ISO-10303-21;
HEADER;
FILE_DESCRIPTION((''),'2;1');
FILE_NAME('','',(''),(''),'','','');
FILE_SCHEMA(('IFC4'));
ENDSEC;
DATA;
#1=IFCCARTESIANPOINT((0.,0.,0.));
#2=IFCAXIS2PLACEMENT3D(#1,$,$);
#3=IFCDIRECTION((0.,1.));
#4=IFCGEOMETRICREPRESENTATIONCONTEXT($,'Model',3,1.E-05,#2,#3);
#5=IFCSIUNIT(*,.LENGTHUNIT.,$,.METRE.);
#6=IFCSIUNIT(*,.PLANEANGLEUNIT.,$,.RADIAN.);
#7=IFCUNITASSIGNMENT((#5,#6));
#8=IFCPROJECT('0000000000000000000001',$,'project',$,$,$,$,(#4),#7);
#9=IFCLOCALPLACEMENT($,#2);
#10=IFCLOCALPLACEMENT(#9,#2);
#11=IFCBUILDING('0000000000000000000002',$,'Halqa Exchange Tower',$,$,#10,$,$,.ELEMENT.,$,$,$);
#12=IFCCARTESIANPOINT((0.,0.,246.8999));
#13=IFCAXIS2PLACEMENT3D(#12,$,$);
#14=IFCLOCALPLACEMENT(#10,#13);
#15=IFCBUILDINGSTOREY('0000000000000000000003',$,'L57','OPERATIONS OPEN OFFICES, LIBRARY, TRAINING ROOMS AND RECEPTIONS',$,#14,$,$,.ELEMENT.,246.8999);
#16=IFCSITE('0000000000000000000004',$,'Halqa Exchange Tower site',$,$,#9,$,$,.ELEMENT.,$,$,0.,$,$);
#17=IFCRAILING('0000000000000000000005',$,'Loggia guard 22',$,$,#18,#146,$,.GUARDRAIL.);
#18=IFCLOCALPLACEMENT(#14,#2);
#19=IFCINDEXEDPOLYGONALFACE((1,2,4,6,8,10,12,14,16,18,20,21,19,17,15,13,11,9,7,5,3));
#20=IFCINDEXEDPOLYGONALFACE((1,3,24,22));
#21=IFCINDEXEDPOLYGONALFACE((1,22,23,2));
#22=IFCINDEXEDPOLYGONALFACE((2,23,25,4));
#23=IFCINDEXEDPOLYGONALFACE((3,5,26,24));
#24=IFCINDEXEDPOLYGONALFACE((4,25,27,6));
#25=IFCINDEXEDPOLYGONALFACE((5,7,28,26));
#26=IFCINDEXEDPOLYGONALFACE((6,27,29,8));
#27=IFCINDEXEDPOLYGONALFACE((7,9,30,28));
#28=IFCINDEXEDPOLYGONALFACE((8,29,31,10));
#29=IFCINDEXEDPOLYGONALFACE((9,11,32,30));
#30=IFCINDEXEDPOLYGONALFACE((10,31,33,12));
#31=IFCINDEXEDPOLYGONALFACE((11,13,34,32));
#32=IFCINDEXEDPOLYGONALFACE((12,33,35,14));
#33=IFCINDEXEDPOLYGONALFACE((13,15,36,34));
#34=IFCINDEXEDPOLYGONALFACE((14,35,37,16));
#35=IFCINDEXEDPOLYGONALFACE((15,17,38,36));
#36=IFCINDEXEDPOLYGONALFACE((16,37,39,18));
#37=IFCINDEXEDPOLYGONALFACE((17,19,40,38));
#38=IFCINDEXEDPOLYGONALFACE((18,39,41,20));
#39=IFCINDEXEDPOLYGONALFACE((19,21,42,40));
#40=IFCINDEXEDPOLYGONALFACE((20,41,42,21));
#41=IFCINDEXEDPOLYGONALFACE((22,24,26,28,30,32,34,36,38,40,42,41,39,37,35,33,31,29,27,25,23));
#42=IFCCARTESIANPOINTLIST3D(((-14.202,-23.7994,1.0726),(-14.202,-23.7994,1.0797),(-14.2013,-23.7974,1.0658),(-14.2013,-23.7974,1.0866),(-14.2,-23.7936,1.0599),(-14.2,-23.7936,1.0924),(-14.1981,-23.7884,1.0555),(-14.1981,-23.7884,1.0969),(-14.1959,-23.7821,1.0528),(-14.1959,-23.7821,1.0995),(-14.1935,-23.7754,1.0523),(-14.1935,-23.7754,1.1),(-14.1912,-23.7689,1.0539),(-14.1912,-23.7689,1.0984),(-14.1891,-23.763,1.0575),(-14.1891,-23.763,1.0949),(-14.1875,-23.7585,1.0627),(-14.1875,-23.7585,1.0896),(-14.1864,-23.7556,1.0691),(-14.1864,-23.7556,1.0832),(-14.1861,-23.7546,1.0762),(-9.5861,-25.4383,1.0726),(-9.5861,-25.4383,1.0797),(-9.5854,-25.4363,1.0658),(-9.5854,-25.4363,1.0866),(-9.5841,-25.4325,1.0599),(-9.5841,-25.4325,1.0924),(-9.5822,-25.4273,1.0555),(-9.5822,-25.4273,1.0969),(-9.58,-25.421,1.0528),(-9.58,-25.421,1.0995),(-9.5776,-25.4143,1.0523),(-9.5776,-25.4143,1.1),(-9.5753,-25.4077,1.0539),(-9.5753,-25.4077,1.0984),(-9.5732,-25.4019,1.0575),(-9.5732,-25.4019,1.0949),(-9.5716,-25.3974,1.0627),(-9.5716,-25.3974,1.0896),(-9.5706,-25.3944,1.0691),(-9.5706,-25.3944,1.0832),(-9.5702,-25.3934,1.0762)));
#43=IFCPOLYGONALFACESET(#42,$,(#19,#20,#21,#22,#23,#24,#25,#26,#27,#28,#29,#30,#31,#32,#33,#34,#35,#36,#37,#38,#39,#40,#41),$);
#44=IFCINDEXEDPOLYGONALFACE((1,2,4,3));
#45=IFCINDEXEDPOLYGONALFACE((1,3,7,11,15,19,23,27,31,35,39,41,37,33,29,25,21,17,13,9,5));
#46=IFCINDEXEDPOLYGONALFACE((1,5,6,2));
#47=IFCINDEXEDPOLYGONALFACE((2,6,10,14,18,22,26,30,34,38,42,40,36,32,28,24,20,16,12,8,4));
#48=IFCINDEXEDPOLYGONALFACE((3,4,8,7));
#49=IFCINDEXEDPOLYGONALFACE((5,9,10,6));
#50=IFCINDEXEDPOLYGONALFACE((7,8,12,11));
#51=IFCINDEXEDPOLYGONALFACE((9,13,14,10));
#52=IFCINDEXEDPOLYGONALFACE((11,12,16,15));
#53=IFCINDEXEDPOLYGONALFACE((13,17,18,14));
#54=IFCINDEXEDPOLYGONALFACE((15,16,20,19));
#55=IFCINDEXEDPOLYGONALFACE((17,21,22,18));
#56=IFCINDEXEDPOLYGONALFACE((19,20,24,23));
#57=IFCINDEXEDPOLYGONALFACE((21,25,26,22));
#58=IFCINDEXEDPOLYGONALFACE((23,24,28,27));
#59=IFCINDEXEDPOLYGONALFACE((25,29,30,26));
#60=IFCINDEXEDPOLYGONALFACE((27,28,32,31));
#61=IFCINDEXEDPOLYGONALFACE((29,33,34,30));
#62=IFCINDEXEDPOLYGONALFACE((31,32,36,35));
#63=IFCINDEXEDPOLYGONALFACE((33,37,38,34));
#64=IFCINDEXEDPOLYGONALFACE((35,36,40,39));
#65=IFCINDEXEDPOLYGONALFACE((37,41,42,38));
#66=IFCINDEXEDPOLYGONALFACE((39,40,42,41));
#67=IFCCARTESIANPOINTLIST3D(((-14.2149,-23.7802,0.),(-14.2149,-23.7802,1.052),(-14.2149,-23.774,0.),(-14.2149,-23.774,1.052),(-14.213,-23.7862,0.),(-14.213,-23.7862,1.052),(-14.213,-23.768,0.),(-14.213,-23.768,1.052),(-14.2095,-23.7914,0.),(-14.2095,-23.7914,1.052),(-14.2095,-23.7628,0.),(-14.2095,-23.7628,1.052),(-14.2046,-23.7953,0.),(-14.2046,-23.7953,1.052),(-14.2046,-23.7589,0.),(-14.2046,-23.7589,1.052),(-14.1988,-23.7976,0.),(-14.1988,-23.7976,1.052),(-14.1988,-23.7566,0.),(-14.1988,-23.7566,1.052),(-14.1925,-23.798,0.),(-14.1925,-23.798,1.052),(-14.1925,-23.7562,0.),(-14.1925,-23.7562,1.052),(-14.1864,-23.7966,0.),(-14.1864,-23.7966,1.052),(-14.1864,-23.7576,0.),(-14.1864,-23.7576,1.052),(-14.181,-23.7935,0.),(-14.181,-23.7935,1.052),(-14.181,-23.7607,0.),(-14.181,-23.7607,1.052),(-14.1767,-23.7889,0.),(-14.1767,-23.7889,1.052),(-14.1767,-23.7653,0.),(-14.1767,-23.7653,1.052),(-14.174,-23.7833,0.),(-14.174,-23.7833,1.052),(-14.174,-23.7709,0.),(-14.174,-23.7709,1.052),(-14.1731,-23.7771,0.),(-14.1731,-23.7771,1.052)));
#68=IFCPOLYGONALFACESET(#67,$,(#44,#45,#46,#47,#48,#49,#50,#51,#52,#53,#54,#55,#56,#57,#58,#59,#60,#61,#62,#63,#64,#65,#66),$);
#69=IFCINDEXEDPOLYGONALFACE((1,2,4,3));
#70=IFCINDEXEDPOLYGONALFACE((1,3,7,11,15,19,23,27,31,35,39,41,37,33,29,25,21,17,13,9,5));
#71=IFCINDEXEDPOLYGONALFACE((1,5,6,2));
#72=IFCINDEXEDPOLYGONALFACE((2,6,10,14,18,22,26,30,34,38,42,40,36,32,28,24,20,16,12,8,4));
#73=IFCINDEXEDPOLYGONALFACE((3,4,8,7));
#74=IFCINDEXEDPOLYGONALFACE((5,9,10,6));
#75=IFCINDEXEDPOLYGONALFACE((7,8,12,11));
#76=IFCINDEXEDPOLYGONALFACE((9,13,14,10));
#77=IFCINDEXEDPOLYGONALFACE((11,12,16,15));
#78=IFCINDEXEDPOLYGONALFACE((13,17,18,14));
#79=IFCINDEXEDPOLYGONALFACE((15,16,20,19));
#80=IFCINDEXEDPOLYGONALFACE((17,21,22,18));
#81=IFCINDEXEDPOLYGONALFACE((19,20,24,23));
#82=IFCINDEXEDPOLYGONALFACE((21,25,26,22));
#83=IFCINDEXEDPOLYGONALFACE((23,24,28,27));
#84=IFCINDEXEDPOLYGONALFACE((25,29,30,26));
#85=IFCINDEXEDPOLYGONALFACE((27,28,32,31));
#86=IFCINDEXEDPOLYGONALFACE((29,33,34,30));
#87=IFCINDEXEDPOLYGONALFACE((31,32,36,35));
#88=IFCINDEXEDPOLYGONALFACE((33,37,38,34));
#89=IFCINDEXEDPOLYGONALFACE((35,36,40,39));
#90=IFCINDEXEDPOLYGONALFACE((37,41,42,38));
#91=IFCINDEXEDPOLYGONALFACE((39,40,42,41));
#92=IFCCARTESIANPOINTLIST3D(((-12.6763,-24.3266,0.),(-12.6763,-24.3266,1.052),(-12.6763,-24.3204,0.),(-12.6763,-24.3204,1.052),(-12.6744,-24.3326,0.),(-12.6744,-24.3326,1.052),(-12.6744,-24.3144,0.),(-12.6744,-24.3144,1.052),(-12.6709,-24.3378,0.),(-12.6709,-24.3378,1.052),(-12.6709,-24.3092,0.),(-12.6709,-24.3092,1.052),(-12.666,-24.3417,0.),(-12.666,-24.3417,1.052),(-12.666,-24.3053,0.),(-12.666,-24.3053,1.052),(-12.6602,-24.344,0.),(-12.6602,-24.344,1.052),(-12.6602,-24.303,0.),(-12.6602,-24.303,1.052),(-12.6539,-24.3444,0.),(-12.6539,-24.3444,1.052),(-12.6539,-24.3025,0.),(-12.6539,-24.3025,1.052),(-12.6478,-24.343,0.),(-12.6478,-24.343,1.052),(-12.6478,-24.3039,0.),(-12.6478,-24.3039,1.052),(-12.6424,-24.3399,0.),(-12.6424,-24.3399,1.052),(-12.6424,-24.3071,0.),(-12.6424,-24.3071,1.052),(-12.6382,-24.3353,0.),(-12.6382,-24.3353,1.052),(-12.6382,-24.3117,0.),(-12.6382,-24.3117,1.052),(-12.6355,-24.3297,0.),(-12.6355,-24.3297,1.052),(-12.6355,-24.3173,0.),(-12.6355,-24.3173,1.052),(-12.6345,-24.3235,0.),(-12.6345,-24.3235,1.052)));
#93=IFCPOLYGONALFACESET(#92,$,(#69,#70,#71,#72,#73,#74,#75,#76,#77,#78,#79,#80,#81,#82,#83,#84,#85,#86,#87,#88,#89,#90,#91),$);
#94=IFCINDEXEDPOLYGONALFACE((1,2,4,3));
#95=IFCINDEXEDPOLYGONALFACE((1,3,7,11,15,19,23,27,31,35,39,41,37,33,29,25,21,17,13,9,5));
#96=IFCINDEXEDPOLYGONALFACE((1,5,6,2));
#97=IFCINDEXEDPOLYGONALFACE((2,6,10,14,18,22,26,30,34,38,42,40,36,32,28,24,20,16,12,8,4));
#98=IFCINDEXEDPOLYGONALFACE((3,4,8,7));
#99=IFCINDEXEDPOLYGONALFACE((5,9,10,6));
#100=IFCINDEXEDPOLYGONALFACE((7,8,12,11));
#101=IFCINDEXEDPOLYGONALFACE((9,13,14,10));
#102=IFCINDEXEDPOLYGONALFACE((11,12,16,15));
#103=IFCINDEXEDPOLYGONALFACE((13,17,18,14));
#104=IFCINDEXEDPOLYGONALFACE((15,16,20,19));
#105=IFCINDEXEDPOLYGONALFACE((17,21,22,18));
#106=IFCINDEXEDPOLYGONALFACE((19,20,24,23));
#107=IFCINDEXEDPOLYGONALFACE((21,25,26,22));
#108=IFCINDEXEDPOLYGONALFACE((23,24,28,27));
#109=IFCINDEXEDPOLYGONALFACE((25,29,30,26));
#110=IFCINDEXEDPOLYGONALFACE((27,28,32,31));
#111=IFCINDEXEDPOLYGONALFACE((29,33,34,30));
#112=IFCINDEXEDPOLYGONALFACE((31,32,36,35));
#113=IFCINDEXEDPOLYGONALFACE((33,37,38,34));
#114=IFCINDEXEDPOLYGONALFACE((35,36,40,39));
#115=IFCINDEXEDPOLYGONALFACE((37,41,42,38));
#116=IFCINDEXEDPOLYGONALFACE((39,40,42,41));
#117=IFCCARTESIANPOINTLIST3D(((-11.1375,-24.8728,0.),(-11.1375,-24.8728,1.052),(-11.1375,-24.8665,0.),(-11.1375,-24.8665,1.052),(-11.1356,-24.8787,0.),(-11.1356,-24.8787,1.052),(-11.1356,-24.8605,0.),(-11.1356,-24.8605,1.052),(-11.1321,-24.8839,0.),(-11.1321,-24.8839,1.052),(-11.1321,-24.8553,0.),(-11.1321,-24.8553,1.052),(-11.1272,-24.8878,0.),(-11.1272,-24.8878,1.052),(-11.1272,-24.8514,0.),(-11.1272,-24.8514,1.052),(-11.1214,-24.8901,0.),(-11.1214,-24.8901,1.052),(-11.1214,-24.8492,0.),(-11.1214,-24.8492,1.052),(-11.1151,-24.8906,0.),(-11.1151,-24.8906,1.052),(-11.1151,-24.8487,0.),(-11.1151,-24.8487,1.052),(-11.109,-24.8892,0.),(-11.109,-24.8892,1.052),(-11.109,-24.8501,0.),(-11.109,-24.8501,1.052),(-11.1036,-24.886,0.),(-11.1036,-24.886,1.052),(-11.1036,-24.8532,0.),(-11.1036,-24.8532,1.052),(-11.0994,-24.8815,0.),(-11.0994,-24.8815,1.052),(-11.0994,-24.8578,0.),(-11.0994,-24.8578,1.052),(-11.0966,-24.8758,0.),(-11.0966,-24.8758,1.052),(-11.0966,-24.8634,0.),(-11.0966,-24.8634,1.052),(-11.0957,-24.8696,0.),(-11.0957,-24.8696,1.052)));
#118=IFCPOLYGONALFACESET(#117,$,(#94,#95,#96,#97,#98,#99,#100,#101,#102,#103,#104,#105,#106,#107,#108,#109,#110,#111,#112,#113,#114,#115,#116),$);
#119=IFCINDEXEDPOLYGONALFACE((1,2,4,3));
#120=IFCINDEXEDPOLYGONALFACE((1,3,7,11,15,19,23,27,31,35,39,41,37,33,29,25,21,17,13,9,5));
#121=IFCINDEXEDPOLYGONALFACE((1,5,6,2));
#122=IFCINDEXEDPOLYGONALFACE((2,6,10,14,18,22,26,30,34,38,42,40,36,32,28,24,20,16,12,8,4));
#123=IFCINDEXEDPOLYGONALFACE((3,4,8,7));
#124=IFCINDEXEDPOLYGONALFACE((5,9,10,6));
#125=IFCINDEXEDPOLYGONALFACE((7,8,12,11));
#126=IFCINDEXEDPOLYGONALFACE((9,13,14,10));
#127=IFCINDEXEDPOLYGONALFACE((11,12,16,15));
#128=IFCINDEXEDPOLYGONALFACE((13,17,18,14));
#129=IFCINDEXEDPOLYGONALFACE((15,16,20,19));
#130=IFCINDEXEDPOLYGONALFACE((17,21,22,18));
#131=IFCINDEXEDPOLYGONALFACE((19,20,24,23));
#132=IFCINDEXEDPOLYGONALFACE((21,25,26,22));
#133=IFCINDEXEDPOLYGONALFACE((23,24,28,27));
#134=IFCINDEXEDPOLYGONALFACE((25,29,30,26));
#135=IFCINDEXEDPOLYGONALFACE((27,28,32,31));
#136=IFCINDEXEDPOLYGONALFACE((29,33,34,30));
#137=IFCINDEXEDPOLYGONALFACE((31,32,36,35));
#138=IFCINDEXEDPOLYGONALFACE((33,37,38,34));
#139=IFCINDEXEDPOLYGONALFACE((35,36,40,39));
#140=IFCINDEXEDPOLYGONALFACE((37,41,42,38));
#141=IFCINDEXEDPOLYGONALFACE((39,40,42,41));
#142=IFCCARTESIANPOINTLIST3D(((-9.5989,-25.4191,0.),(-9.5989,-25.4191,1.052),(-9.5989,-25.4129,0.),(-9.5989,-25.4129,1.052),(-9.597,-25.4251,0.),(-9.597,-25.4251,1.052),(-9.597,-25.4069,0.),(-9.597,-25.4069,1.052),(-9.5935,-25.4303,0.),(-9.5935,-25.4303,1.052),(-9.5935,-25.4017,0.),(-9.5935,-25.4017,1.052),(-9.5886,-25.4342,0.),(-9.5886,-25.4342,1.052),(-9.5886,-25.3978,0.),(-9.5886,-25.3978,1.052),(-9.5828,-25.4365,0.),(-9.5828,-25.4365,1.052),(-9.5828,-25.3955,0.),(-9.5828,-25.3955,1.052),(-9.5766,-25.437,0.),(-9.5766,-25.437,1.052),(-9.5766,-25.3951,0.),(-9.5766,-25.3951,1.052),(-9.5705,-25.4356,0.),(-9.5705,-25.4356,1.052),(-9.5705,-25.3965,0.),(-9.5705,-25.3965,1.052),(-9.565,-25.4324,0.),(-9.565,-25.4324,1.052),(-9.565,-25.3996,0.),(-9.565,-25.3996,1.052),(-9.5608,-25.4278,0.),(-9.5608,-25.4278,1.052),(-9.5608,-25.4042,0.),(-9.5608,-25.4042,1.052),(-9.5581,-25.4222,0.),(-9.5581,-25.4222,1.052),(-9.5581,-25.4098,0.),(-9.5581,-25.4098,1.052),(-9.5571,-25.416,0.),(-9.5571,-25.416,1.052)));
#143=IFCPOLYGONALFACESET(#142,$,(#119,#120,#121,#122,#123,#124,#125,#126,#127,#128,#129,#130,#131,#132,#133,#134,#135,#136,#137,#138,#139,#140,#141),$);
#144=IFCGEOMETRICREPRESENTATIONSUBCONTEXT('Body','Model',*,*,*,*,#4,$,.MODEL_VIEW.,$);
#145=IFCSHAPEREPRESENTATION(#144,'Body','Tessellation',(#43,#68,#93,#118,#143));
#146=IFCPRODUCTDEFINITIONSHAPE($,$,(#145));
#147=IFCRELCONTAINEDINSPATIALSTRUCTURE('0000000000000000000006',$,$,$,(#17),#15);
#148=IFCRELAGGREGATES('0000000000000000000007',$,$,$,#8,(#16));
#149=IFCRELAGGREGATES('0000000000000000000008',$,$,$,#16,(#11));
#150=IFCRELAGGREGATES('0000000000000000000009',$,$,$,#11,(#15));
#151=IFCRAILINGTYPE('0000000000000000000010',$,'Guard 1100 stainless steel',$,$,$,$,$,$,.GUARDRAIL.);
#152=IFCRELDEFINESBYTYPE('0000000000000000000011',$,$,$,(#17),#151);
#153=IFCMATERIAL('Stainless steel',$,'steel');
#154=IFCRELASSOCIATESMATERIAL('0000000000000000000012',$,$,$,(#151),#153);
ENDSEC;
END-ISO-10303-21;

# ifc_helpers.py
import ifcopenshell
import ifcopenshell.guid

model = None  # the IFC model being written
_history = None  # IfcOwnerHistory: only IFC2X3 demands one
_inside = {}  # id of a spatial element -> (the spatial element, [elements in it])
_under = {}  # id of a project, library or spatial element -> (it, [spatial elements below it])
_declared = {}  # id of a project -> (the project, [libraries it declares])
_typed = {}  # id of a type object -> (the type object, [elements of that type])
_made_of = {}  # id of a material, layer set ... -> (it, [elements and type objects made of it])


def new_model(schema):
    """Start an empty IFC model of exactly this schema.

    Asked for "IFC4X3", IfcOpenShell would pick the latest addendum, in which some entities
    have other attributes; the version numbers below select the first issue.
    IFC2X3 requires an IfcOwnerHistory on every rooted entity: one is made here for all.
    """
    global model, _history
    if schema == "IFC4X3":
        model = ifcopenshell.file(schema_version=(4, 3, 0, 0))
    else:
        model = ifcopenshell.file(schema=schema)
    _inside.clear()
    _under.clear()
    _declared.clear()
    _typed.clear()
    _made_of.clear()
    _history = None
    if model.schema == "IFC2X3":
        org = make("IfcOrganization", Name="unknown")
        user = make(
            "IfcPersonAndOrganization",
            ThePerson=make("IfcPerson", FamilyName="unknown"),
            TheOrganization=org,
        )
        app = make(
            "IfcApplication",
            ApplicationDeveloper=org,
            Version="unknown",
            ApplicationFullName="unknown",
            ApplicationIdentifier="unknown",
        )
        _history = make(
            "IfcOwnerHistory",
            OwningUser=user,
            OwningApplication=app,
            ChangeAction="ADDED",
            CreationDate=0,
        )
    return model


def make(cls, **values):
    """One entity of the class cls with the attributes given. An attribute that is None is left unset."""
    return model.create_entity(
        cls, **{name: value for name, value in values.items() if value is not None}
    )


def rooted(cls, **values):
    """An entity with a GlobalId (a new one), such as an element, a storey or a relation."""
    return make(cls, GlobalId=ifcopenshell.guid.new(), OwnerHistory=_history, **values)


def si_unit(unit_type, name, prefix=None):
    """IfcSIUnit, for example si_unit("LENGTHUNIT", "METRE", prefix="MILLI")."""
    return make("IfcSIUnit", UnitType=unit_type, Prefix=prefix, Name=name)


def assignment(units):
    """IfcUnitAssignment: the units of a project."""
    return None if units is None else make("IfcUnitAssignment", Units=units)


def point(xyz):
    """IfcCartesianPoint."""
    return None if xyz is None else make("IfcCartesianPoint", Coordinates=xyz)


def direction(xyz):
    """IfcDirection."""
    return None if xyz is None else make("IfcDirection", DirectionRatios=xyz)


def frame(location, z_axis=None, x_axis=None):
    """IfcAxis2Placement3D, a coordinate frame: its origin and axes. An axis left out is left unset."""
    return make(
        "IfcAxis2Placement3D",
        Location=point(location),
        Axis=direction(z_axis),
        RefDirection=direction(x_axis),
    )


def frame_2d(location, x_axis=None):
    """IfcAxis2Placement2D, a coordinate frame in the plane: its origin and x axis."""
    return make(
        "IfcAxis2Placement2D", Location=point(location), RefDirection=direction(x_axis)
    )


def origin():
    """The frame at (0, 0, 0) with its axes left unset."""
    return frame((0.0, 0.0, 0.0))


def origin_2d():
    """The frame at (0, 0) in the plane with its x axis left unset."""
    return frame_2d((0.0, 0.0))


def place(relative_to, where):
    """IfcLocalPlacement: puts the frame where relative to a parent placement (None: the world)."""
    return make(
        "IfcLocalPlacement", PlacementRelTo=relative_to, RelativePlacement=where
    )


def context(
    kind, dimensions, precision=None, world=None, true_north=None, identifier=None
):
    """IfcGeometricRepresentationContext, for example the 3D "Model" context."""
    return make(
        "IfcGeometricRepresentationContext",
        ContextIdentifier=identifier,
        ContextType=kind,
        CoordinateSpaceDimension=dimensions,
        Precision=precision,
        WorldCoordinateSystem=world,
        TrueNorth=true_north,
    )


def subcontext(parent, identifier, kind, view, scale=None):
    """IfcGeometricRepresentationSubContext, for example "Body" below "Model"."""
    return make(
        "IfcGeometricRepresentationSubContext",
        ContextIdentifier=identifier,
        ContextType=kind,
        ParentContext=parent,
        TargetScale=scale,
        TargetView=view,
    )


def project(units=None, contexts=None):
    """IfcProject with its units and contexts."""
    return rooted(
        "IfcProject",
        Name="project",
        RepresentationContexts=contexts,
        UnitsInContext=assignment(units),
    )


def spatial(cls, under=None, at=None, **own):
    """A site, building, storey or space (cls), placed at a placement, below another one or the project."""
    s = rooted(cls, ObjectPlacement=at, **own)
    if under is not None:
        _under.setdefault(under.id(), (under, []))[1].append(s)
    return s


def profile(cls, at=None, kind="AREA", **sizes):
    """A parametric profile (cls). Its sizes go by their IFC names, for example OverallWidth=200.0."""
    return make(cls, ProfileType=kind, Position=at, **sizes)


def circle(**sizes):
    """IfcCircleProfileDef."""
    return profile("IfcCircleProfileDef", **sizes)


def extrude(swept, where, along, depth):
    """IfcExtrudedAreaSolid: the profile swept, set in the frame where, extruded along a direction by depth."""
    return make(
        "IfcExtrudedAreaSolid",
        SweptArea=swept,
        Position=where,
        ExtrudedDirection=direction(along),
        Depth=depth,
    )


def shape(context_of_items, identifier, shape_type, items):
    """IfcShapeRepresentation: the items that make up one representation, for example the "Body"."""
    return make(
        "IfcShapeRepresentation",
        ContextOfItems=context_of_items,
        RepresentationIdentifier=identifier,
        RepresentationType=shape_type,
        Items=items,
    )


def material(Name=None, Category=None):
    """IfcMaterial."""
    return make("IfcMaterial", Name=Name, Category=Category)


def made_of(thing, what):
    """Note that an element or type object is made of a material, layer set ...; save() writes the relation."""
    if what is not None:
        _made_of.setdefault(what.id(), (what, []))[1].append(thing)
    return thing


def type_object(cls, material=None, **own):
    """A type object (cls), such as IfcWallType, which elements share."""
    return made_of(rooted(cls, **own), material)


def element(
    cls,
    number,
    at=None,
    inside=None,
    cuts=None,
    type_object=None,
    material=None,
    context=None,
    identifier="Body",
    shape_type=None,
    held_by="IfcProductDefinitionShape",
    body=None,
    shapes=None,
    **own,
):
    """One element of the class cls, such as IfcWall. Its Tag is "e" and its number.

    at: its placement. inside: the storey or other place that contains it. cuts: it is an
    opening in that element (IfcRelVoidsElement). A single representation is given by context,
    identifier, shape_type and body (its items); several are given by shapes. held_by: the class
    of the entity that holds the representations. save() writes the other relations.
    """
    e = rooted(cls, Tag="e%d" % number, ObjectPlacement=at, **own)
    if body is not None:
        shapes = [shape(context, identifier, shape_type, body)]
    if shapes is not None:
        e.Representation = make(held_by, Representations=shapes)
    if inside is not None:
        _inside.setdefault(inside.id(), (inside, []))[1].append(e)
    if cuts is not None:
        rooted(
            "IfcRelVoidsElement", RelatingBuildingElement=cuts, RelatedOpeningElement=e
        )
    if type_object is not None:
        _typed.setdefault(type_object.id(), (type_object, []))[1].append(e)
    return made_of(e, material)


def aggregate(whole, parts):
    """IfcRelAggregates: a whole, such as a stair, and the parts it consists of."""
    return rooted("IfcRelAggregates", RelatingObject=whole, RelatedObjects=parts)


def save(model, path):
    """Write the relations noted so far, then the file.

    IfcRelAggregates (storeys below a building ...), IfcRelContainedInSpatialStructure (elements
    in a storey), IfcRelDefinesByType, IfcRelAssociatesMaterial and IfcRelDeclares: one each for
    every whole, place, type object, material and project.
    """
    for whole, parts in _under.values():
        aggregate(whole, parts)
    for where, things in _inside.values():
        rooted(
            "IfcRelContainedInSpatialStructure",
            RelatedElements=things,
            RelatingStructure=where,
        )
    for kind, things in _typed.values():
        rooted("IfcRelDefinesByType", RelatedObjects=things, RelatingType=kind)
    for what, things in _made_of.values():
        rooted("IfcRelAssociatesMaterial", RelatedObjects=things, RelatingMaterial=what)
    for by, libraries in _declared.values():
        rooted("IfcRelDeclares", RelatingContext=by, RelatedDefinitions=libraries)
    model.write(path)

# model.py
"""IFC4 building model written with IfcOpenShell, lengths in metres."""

from ifc_helpers import new_model, si_unit, direction, frame, origin, origin_2d, place, context, subcontext, project, spatial, circle, extrude, material, type_object, element, save


model = new_model("IFC4")

# Units and contexts
model_context = context("Model", 3, precision=1e-05, world=origin(), true_north=direction((0.0, 1.0)))
body_context = subcontext(model_context, "Body", "Model", "MODEL_VIEW")
ifc_project = project(units=[si_unit("LENGTHUNIT", "METRE"), si_unit("PLANEANGLEUNIT", "RADIAN")], contexts=[model_context])

# Site, building, storey
site_placement = place(None, origin())
site = spatial("IfcSite", under=ifc_project, at=site_placement, Name="Halqa Exchange Tower site", CompositionType="ELEMENT", RefElevation=0.0)
building_placement = place(site_placement, origin())
building = spatial("IfcBuilding", under=site, at=building_placement, Name="Halqa Exchange Tower", CompositionType="ELEMENT")
storey_placement = place(building_placement, frame((0.0, 0.0, 246.8999)))
storey = spatial("IfcBuildingStorey", under=building, at=storey_placement, Name="L57", Description="OPERATIONS OPEN OFFICES, LIBRARY, TRAINING ROOMS AND RECEPTIONS", CompositionType="ELEMENT", Elevation=246.8999)

# Railing
ifc_material_1 = material(Name="Stainless steel", Category="steel")
railing_type = type_object("IfcRailingType", Name="Guard 1100 stainless steel", PredefinedType="GUARDRAIL", material=ifc_material_1)
railing_1_placement = place(storey_placement, frame((-14.1941, -23.7771, 0.0)))
element("IfcRailing", 1, at=railing_1_placement, inside=storey, type_object=railing_type, Name="Loggia guard 22", PredefinedType="GUARDRAIL", context=body_context, shape_type="SweptSolid", body=[
    extrude(circle(Radius=0.0239, at=origin_2d()), frame((0.0, 0.0, 1.0762), z_axis=(0.942364, -0.33459, 0.0), x_axis=(0.33459, 0.942364, 0.0)), (0.0, 0.0, 1.0), 4.8982),
    extrude(circle(Radius=0.021, at=origin_2d()), origin(), (0.0, 0.0, 1.0), 1.052),
    extrude(circle(Radius=0.021, at=origin_2d()), frame((1.5386, -0.5464, 0.0)), (0.0, 0.0, 1.0), 1.052),
    extrude(circle(Radius=0.021, at=origin_2d()), frame((3.0774, -1.0925, 0.0)), (0.0, 0.0, 1.0), 1.052),
    extrude(circle(Radius=0.021, at=origin_2d()), frame((4.616, -1.6389, 0.0)), (0.0, 0.0, 1.0), 1.052),
])

save(model, "model.ifc")
